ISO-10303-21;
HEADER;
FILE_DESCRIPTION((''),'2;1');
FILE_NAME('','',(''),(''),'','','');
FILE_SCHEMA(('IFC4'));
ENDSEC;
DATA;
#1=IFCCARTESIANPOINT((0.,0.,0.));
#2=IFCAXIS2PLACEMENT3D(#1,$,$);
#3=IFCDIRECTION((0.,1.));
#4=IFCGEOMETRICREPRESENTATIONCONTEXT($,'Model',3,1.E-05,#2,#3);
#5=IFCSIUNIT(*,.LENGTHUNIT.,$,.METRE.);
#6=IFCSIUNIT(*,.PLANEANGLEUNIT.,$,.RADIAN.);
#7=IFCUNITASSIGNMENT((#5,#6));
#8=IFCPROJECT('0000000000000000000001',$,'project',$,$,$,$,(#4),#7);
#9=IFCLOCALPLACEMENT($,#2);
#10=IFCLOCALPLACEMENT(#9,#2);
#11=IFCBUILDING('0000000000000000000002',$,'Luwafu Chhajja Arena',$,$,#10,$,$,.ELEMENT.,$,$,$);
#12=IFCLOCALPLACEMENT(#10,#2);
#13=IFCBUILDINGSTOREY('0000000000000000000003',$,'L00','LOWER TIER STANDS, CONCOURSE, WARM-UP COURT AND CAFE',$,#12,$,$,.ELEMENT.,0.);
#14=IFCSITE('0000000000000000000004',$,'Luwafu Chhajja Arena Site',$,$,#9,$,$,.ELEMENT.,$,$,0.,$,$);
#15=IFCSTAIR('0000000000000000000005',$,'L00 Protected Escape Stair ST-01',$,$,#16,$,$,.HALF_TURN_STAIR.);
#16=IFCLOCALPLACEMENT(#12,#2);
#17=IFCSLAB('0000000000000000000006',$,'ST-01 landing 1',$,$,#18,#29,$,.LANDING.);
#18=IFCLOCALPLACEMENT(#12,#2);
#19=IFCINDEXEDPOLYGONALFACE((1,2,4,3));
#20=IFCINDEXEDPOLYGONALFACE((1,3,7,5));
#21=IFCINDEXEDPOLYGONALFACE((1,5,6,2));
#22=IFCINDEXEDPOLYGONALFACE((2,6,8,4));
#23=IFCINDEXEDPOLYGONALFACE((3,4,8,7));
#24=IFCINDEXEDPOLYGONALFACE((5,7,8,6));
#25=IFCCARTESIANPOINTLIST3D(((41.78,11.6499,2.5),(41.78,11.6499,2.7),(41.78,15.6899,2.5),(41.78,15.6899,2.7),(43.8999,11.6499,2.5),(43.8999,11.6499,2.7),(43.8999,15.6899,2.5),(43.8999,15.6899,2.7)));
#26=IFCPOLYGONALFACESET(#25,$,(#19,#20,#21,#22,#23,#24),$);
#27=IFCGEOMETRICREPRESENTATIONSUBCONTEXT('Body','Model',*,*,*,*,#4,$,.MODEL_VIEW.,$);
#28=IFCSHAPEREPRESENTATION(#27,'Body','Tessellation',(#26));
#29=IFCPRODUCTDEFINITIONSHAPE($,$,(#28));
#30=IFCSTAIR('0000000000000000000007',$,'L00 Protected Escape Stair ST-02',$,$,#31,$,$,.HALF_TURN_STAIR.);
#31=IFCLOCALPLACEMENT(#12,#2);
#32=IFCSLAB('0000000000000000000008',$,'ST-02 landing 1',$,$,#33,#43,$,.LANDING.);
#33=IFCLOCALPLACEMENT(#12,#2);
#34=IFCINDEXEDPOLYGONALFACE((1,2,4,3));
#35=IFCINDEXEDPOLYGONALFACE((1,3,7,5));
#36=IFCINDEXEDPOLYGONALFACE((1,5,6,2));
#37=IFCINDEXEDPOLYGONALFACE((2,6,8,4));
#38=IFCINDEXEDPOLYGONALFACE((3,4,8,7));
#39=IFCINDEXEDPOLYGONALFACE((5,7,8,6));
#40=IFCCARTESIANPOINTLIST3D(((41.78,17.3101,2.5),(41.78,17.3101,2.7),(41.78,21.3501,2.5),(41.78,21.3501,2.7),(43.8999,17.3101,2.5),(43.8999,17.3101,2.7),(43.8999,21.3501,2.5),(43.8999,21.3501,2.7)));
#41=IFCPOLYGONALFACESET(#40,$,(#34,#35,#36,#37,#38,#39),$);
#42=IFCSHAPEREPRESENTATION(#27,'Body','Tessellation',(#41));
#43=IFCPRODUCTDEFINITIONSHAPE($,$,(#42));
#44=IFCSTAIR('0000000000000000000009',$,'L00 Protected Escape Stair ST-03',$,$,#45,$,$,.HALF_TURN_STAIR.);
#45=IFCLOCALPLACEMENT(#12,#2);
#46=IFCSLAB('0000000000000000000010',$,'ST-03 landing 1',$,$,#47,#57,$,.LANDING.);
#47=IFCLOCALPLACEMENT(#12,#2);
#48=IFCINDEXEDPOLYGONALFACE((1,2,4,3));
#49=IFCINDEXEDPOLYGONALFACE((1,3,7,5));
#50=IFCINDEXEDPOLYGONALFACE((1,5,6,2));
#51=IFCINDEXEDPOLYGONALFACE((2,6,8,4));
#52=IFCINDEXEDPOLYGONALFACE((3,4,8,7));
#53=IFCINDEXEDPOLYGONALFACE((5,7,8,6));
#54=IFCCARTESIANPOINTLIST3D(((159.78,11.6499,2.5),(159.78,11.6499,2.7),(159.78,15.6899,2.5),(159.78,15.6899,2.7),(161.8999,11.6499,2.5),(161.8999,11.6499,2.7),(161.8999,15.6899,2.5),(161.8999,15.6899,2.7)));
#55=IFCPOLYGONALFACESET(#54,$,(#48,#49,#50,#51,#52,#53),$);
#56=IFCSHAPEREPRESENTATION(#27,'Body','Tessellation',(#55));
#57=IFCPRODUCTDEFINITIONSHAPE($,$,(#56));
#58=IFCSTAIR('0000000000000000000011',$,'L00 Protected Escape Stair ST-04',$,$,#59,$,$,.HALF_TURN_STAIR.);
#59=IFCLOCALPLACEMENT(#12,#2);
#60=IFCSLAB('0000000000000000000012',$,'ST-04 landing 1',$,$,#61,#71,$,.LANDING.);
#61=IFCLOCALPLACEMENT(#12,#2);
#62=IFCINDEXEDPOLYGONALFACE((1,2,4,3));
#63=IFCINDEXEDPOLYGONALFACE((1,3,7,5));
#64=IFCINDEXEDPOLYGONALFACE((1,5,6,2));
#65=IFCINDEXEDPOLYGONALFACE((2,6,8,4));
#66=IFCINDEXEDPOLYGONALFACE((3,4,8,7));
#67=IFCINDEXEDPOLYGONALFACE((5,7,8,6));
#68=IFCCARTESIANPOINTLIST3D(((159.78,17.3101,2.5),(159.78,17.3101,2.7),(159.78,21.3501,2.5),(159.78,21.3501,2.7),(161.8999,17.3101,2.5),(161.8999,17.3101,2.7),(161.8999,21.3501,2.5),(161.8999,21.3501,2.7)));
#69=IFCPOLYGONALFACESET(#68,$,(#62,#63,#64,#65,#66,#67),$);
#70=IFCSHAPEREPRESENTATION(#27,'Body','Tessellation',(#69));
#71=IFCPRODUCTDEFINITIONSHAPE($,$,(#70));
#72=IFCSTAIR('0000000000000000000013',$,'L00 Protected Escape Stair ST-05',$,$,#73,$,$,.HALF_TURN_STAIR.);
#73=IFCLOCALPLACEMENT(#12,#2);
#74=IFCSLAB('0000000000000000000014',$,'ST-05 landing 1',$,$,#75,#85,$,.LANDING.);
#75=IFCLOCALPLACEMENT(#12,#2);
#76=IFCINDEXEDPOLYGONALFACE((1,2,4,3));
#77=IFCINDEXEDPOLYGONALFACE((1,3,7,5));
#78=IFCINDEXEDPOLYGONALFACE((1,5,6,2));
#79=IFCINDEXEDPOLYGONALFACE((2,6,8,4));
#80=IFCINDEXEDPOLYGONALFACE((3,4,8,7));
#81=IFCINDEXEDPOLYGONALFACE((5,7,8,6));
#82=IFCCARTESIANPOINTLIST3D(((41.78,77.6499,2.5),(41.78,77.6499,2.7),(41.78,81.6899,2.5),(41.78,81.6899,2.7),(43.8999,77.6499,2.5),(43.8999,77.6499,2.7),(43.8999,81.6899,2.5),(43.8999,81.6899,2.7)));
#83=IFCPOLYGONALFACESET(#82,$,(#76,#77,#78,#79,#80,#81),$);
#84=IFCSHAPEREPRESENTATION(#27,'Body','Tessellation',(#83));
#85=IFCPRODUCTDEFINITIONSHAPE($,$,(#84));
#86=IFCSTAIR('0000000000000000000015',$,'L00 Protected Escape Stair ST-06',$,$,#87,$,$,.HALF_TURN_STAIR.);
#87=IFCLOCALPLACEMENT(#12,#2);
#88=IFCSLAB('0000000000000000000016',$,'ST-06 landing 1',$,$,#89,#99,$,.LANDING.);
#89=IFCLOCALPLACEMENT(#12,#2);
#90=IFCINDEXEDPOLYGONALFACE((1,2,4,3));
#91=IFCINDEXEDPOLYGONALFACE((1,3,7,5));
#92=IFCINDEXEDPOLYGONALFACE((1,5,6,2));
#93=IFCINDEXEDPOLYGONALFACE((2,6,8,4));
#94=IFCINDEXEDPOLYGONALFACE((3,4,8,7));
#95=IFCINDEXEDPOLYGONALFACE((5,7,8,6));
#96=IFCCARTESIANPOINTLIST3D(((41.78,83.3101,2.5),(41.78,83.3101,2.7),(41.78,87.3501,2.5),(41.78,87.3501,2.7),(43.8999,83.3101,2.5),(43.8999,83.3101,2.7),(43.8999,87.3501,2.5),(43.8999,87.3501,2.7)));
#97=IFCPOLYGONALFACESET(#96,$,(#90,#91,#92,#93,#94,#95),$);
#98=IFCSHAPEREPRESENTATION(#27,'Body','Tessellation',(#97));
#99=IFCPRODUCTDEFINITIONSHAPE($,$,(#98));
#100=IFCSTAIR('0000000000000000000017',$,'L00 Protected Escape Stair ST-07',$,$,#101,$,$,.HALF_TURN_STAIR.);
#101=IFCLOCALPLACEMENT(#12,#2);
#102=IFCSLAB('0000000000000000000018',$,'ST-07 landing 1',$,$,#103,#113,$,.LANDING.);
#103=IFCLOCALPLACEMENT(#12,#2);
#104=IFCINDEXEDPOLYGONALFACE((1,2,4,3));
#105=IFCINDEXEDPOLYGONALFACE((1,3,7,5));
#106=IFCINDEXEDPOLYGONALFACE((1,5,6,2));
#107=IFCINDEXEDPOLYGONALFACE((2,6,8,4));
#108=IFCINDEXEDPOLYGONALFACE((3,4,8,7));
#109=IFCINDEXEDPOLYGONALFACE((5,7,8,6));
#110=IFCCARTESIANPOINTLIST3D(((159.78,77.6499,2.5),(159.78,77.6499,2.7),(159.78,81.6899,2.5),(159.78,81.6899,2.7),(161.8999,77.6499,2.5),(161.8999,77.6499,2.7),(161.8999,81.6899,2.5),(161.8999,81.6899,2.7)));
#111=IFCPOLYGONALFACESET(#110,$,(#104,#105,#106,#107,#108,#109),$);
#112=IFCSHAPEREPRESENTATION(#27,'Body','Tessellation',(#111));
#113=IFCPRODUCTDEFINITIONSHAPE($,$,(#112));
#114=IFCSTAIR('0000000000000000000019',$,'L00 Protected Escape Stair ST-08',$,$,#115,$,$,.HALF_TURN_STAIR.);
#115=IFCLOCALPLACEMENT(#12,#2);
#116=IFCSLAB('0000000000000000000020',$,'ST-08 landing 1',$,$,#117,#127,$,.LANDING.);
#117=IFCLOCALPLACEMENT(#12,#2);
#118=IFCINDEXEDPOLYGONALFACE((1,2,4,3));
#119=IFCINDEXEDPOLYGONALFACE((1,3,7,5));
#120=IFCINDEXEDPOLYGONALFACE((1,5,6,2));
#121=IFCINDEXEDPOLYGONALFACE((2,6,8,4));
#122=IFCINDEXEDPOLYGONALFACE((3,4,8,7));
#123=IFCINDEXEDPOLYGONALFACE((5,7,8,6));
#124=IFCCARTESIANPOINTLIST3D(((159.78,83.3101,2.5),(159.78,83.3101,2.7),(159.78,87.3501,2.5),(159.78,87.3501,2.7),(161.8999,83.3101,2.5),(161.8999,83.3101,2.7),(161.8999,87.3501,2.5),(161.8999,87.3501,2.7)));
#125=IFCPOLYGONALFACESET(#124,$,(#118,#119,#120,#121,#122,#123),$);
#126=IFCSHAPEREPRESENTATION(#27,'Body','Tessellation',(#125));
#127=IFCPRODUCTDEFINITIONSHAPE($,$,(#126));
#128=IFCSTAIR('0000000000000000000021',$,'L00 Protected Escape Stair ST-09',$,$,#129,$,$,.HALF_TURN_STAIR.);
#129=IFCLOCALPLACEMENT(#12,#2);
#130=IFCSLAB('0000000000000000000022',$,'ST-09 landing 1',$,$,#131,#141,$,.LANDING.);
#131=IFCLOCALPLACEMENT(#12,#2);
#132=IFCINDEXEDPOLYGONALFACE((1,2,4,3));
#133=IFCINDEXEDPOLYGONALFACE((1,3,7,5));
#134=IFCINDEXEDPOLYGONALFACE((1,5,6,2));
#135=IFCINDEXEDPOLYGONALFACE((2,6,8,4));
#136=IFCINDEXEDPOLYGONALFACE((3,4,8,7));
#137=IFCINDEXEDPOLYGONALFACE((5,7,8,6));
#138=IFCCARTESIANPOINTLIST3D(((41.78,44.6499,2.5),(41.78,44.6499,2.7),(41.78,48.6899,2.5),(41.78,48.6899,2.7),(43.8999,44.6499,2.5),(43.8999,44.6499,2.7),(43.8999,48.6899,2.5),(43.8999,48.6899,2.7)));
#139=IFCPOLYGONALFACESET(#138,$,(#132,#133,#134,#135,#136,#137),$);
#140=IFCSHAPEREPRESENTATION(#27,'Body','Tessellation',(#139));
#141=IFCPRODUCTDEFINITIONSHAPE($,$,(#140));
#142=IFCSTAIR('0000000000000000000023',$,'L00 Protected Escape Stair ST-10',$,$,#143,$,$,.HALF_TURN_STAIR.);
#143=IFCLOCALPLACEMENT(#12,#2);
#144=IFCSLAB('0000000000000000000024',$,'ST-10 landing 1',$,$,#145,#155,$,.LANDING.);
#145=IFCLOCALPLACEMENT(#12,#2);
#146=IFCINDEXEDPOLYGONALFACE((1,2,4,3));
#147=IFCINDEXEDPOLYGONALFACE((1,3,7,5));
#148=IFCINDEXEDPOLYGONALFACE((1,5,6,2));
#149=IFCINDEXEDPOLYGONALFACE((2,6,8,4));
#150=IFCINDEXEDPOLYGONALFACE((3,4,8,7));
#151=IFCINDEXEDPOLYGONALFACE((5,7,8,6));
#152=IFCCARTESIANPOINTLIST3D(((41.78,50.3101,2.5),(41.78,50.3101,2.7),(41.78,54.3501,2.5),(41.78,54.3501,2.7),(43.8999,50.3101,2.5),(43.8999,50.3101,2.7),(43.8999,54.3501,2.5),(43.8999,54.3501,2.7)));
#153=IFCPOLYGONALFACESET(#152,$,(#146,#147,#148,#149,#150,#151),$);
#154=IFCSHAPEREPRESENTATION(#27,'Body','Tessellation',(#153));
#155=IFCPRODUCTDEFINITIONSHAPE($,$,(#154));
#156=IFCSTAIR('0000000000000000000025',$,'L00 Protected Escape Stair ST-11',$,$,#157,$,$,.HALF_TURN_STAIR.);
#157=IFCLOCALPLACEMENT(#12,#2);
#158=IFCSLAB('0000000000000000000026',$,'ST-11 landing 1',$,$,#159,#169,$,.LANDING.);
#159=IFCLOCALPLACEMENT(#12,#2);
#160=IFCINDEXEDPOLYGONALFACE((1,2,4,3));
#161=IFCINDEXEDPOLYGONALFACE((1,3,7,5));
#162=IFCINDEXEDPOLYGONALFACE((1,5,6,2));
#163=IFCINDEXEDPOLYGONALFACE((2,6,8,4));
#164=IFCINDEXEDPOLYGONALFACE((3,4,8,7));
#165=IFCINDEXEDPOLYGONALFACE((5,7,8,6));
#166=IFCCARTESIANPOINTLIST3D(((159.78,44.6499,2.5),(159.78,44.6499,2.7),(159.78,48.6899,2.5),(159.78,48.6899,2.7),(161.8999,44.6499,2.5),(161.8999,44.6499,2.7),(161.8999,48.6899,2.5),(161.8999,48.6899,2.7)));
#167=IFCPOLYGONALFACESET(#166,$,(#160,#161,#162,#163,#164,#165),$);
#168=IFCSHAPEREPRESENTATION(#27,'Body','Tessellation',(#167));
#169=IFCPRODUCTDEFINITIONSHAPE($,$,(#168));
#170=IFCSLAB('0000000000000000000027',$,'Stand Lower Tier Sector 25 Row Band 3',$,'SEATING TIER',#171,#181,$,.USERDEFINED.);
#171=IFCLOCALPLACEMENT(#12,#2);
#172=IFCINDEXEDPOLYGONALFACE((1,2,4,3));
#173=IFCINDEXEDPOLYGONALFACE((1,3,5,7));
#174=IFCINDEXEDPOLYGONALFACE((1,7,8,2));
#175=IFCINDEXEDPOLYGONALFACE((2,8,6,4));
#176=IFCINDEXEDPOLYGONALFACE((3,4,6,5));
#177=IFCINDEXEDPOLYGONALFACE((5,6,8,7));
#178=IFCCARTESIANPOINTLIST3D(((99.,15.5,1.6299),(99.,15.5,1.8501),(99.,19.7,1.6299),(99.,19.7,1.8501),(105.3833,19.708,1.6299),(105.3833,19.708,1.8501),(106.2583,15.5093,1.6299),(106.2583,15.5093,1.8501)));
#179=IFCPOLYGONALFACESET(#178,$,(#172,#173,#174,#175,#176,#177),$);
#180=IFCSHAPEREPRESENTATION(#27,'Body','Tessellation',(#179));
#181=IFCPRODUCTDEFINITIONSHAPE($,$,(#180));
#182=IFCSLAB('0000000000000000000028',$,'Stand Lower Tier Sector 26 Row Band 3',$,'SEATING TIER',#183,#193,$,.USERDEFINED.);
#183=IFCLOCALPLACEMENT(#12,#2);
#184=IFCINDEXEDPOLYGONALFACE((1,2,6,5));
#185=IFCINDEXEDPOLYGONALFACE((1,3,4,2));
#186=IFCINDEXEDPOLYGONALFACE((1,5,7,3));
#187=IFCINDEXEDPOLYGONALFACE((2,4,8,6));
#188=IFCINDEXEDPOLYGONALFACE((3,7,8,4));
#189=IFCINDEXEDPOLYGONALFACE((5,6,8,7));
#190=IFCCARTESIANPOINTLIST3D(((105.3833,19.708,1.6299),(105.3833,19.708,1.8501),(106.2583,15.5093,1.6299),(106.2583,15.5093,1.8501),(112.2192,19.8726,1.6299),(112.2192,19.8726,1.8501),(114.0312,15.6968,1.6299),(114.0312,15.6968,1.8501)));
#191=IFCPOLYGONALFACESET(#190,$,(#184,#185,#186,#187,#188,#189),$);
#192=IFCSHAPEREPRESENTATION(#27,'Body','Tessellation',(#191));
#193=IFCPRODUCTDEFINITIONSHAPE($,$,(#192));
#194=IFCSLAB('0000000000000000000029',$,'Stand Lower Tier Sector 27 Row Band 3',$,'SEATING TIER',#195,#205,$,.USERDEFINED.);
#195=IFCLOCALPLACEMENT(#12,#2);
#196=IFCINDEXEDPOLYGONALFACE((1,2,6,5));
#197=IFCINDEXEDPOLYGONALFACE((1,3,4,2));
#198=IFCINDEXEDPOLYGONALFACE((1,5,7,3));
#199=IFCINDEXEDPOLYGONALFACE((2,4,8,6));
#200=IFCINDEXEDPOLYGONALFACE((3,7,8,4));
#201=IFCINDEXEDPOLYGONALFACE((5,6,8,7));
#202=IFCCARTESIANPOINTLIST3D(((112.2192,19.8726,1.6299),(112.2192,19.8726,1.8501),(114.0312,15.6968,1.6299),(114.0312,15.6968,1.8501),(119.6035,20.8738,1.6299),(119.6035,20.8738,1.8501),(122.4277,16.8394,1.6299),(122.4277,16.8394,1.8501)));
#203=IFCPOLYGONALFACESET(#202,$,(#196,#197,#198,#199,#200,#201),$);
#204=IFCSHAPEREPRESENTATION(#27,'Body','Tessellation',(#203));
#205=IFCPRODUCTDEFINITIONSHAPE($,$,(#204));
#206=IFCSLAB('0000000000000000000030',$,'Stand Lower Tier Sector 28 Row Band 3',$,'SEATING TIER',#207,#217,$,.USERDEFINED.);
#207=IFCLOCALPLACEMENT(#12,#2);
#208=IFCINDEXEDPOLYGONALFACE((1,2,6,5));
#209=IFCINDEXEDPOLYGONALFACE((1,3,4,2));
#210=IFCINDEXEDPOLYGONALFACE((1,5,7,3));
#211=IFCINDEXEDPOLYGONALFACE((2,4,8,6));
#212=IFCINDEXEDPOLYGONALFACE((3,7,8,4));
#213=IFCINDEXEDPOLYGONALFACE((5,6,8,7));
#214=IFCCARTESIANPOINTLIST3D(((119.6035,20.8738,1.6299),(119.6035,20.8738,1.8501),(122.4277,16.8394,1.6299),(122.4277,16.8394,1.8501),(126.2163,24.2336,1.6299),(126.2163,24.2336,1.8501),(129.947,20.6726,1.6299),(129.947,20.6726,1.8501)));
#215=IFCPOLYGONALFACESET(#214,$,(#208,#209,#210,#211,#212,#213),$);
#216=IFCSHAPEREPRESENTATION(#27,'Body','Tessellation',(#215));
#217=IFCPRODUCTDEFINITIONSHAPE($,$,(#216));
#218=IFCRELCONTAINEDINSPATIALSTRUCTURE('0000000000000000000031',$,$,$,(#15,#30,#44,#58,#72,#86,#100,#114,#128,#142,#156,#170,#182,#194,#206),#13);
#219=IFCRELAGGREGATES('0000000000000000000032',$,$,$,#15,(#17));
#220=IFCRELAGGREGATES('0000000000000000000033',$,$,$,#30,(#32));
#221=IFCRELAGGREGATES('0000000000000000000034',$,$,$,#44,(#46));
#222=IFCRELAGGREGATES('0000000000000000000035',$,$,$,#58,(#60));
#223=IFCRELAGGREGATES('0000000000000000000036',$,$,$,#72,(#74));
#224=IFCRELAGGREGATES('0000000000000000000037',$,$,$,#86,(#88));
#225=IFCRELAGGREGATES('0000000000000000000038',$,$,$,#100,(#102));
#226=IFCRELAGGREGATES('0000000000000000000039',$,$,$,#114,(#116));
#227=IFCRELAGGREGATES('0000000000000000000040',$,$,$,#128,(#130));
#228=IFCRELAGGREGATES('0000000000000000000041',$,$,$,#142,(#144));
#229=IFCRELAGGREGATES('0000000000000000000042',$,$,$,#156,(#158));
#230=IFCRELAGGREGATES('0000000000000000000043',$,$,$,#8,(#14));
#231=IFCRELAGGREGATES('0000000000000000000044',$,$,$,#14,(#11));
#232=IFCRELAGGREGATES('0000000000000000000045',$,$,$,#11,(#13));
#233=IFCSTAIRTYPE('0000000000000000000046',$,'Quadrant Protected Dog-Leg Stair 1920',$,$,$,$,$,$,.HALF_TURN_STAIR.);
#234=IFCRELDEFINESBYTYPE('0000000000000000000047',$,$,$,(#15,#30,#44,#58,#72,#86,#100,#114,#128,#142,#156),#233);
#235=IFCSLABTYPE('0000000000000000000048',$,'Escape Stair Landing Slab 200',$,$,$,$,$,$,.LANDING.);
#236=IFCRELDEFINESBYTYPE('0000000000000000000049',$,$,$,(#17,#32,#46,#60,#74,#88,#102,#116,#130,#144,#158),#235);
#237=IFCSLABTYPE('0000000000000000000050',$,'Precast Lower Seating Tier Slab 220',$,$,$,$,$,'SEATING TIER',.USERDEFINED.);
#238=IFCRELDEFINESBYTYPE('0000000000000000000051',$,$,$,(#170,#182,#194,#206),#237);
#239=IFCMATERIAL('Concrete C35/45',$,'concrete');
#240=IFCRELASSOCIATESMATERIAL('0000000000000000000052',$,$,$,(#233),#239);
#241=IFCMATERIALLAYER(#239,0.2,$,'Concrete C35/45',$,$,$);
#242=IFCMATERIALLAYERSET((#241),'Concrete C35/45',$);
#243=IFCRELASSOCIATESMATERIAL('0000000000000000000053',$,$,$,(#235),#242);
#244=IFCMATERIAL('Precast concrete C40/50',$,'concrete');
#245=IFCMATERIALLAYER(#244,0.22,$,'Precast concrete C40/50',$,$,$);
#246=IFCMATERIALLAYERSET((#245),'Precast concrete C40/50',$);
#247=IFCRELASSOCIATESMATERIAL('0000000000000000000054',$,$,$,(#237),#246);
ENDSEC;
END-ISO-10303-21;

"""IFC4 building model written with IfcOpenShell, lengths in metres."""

from ifc_helpers import new_model, si_unit, direction, frame, origin, place, context, subcontext, project, spatial, polyline, outline, extrude, material, layer, layer_set, type_object, element, aggregate, save


model = new_model("IFC4")

# Units and contexts
model_context = context("Model", 3, precision=1e-05, world=origin(), true_north=direction((0.0, 1.0)))
body_context = subcontext(model_context, "Body", "Model", "MODEL_VIEW")
ifc_project = project(units=[si_unit("LENGTHUNIT", "METRE"), si_unit("PLANEANGLEUNIT", "RADIAN")], contexts=[model_context])

# Site, building, storey
site_placement = place(None, origin())
site = spatial("IfcSite", under=ifc_project, at=site_placement, Name="Luwafu Chhajja Arena Site", CompositionType="ELEMENT", RefElevation=0.0)
building_placement = place(site_placement, origin())
building = spatial("IfcBuilding", under=site, at=building_placement, Name="Luwafu Chhajja Arena", CompositionType="ELEMENT")
storey_placement = place(building_placement, origin())
storey = spatial("IfcBuildingStorey", under=building, at=storey_placement, Name="L00", Description="LOWER TIER STANDS, CONCOURSE, WARM-UP COURT AND CAFE", CompositionType="ELEMENT", Elevation=0.0)

# Stairs, slabs
ifc_material_1 = material(Name="Concrete C35/45", Category="concrete")
stair_type = type_object("IfcStairType", Name="Quadrant Protected Dog-Leg Stair 1920", PredefinedType="HALF_TURN_STAIR", material=ifc_material_1)
stair_1_placement = place(storey_placement, origin())
stair_1 = element("IfcStair", 1, at=stair_1_placement, inside=storey, type_object=stair_type, Name="L00 Protected Escape Stair ST-01", PredefinedType="HALF_TURN_STAIR")
ifc_layer_1 = layer(ifc_material_1, 0.2, Name="Concrete C35/45")
ifc_layer_set_1 = layer_set([ifc_layer_1], Name="Concrete C35/45")
slab_type_1 = type_object("IfcSlabType", Name="Escape Stair Landing Slab 200", PredefinedType="LANDING", material=ifc_layer_set_1)
slab_1_placement = place(storey_placement, frame((0.0, 0.0, 2.5)))
slab_1 = element("IfcSlab", 2, at=slab_1_placement, type_object=slab_type_1, Name="ST-01 landing 1", PredefinedType="LANDING", context=body_context, shape_type="SweptSolid", body=[
    extrude(outline(polyline([(41.78, 11.6499), (43.8999, 11.6499), (43.8999, 15.6899), (41.78, 15.6899), (41.78, 11.6499)])), origin(), (0.0, 0.0, 1.0), 0.2),
])
aggregate(stair_1, [slab_1])
stair_2_placement = place(storey_placement, origin())
stair_2 = element("IfcStair", 3, at=stair_2_placement, inside=storey, type_object=stair_type, Name="L00 Protected Escape Stair ST-02", PredefinedType="HALF_TURN_STAIR")
slab_2_placement = place(storey_placement, frame((0.0, 0.0, 2.5)))
slab_2 = element("IfcSlab", 4, at=slab_2_placement, type_object=slab_type_1, Name="ST-02 landing 1", PredefinedType="LANDING", context=body_context, shape_type="SweptSolid", body=[
    extrude(outline(polyline([(41.78, 17.3101), (43.8999, 17.3101), (43.8999, 21.3501), (41.78, 21.3501), (41.78, 17.3101)])), origin(), (0.0, 0.0, 1.0), 0.2),
])
aggregate(stair_2, [slab_2])
stair_3_placement = place(storey_placement, origin())
stair_3 = element("IfcStair", 5, at=stair_3_placement, inside=storey, type_object=stair_type, Name="L00 Protected Escape Stair ST-03", PredefinedType="HALF_TURN_STAIR")
slab_3_placement = place(storey_placement, frame((0.0, 0.0, 2.5)))
slab_3 = element("IfcSlab", 6, at=slab_3_placement, type_object=slab_type_1, Name="ST-03 landing 1", PredefinedType="LANDING", context=body_context, shape_type="SweptSolid", body=[
    extrude(outline(polyline([(159.78, 11.6499), (161.8999, 11.6499), (161.8999, 15.6899), (159.78, 15.6899), (159.78, 11.6499)])), origin(), (0.0, 0.0, 1.0), 0.2),
])
aggregate(stair_3, [slab_3])
stair_4_placement = place(storey_placement, origin())
stair_4 = element("IfcStair", 7, at=stair_4_placement, inside=storey, type_object=stair_type, Name="L00 Protected Escape Stair ST-04", PredefinedType="HALF_TURN_STAIR")
slab_4_placement = place(storey_placement, frame((0.0, 0.0, 2.5)))
slab_4 = element("IfcSlab", 8, at=slab_4_placement, type_object=slab_type_1, Name="ST-04 landing 1", PredefinedType="LANDING", context=body_context, shape_type="SweptSolid", body=[
    extrude(outline(polyline([(159.78, 17.3101), (161.8999, 17.3101), (161.8999, 21.3501), (159.78, 21.3501), (159.78, 17.3101)])), origin(), (0.0, 0.0, 1.0), 0.2),
])
aggregate(stair_4, [slab_4])
stair_5_placement = place(storey_placement, origin())
stair_5 = element("IfcStair", 9, at=stair_5_placement, inside=storey, type_object=stair_type, Name="L00 Protected Escape Stair ST-05", PredefinedType="HALF_TURN_STAIR")
slab_5_placement = place(storey_placement, frame((0.0, 0.0, 2.5)))
slab_5 = element("IfcSlab", 10, at=slab_5_placement, type_object=slab_type_1, Name="ST-05 landing 1", PredefinedType="LANDING", context=body_context, shape_type="SweptSolid", body=[
    extrude(outline(polyline([(41.78, 77.6499), (43.8999, 77.6499), (43.8999, 81.6899), (41.78, 81.6899), (41.78, 77.6499)])), origin(), (0.0, 0.0, 1.0), 0.2),
])
aggregate(stair_5, [slab_5])
stair_6_placement = place(storey_placement, origin())
stair_6 = element("IfcStair", 11, at=stair_6_placement, inside=storey, type_object=stair_type, Name="L00 Protected Escape Stair ST-06", PredefinedType="HALF_TURN_STAIR")
slab_6_placement = place(storey_placement, frame((0.0, 0.0, 2.5)))
slab_6 = element("IfcSlab", 12, at=slab_6_placement, type_object=slab_type_1, Name="ST-06 landing 1", PredefinedType="LANDING", context=body_context, shape_type="SweptSolid", body=[
    extrude(outline(polyline([(41.78, 83.3101), (43.8999, 83.3101), (43.8999, 87.3501), (41.78, 87.3501), (41.78, 83.3101)])), origin(), (0.0, 0.0, 1.0), 0.2),
])
aggregate(stair_6, [slab_6])
stair_7_placement = place(storey_placement, origin())
stair_7 = element("IfcStair", 13, at=stair_7_placement, inside=storey, type_object=stair_type, Name="L00 Protected Escape Stair ST-07", PredefinedType="HALF_TURN_STAIR")
slab_7_placement = place(storey_placement, frame((0.0, 0.0, 2.5)))
slab_7 = element("IfcSlab", 14, at=slab_7_placement, type_object=slab_type_1, Name="ST-07 landing 1", PredefinedType="LANDING", context=body_context, shape_type="SweptSolid", body=[
    extrude(outline(polyline([(159.78, 77.6499), (161.8999, 77.6499), (161.8999, 81.6899), (159.78, 81.6899), (159.78, 77.6499)])), origin(), (0.0, 0.0, 1.0), 0.2),
])
aggregate(stair_7, [slab_7])
stair_8_placement = place(storey_placement, origin())
stair_8 = element("IfcStair", 15, at=stair_8_placement, inside=storey, type_object=stair_type, Name="L00 Protected Escape Stair ST-08", PredefinedType="HALF_TURN_STAIR")
slab_8_placement = place(storey_placement, frame((0.0, 0.0, 2.5)))
slab_8 = element("IfcSlab", 16, at=slab_8_placement, type_object=slab_type_1, Name="ST-08 landing 1", PredefinedType="LANDING", context=body_context, shape_type="SweptSolid", body=[
    extrude(outline(polyline([(159.78, 83.3101), (161.8999, 83.3101), (161.8999, 87.3501), (159.78, 87.3501), (159.78, 83.3101)])), origin(), (0.0, 0.0, 1.0), 0.2),
])
aggregate(stair_8, [slab_8])
stair_9_placement = place(storey_placement, origin())
stair_9 = element("IfcStair", 17, at=stair_9_placement, inside=storey, type_object=stair_type, Name="L00 Protected Escape Stair ST-09", PredefinedType="HALF_TURN_STAIR")
slab_9_placement = place(storey_placement, frame((0.0, 0.0, 2.5)))
slab_9 = element("IfcSlab", 18, at=slab_9_placement, type_object=slab_type_1, Name="ST-09 landing 1", PredefinedType="LANDING", context=body_context, shape_type="SweptSolid", body=[
    extrude(outline(polyline([(41.78, 44.6499), (43.8999, 44.6499), (43.8999, 48.6899), (41.78, 48.6899), (41.78, 44.6499)])), origin(), (0.0, 0.0, 1.0), 0.2),
])
aggregate(stair_9, [slab_9])
stair_10_placement = place(storey_placement, origin())
stair_10 = element("IfcStair", 19, at=stair_10_placement, inside=storey, type_object=stair_type, Name="L00 Protected Escape Stair ST-10", PredefinedType="HALF_TURN_STAIR")
slab_10_placement = place(storey_placement, frame((0.0, 0.0, 2.5)))
slab_10 = element("IfcSlab", 20, at=slab_10_placement, type_object=slab_type_1, Name="ST-10 landing 1", PredefinedType="LANDING", context=body_context, shape_type="SweptSolid", body=[
    extrude(outline(polyline([(41.78, 50.3101), (43.8999, 50.3101), (43.8999, 54.3501), (41.78, 54.3501), (41.78, 50.3101)])), origin(), (0.0, 0.0, 1.0), 0.2),
])
aggregate(stair_10, [slab_10])
stair_11_placement = place(storey_placement, origin())
stair_11 = element("IfcStair", 21, at=stair_11_placement, inside=storey, type_object=stair_type, Name="L00 Protected Escape Stair ST-11", PredefinedType="HALF_TURN_STAIR")
slab_11_placement = place(storey_placement, frame((0.0, 0.0, 2.5)))
slab_11 = element("IfcSlab", 22, at=slab_11_placement, type_object=slab_type_1, Name="ST-11 landing 1", PredefinedType="LANDING", context=body_context, shape_type="SweptSolid", body=[
    extrude(outline(polyline([(159.78, 44.6499), (161.8999, 44.6499), (161.8999, 48.6899), (159.78, 48.6899), (159.78, 44.6499)])), origin(), (0.0, 0.0, 1.0), 0.2),
])
aggregate(stair_11, [slab_11])

# Slabs
ifc_material_2 = material(Name="Precast concrete C40/50", Category="concrete")
ifc_layer_2 = layer(ifc_material_2, 0.22, Name="Precast concrete C40/50")
ifc_layer_set_2 = layer_set([ifc_layer_2], Name="Precast concrete C40/50")
slab_type_2 = type_object("IfcSlabType", Name="Precast Lower Seating Tier Slab 220", ElementType="SEATING TIER", PredefinedType="USERDEFINED", material=ifc_layer_set_2)
slab_12_placement = place(storey_placement, frame((0.0, 0.0, 1.6299)))
element("IfcSlab", 23, at=slab_12_placement, inside=storey, type_object=slab_type_2, Name="Stand Lower Tier Sector 25 Row Band 3", ObjectType="SEATING TIER", PredefinedType="USERDEFINED", context=body_context, shape_type="SweptSolid", body=[
    extrude(outline(polyline([(99.0, 19.7), (105.3833, 19.708), (106.2583, 15.5093), (99.0, 15.5), (99.0, 19.7)])), origin(), (0.0, 0.0, 1.0), 0.2202),
])
slab_13_placement = place(storey_placement, frame((0.0, 0.0, 1.6299)))
element("IfcSlab", 24, at=slab_13_placement, inside=storey, type_object=slab_type_2, Name="Stand Lower Tier Sector 26 Row Band 3", ObjectType="SEATING TIER", PredefinedType="USERDEFINED", context=body_context, shape_type="SweptSolid", body=[
    extrude(outline(polyline([(105.3833, 19.708), (112.2192, 19.8726), (114.0312, 15.6968), (106.2583, 15.5093), (105.3833, 19.708)])), origin(), (0.0, 0.0, 1.0), 0.2202),
])
slab_14_placement = place(storey_placement, frame((0.0, 0.0, 1.6299)))
element("IfcSlab", 25, at=slab_14_placement, inside=storey, type_object=slab_type_2, Name="Stand Lower Tier Sector 27 Row Band 3", ObjectType="SEATING TIER", PredefinedType="USERDEFINED", context=body_context, shape_type="SweptSolid", body=[
    extrude(outline(polyline([(112.2192, 19.8726), (119.6035, 20.8738), (122.4277, 16.8394), (114.0312, 15.6968), (112.2192, 19.8726)])), origin(), (0.0, 0.0, 1.0), 0.2202),
])
slab_15_placement = place(storey_placement, frame((0.0, 0.0, 1.6299)))
element("IfcSlab", 26, at=slab_15_placement, inside=storey, type_object=slab_type_2, Name="Stand Lower Tier Sector 28 Row Band 3", ObjectType="SEATING TIER", PredefinedType="USERDEFINED", context=body_context, shape_type="SweptSolid", body=[
    extrude(outline(polyline([(119.6035, 20.8738), (126.2163, 24.2336), (129.947, 20.6726), (122.4277, 16.8394), (119.6035, 20.8738)])), origin(), (0.0, 0.0, 1.0), 0.2202),
])

save(model, "model.ifc")
